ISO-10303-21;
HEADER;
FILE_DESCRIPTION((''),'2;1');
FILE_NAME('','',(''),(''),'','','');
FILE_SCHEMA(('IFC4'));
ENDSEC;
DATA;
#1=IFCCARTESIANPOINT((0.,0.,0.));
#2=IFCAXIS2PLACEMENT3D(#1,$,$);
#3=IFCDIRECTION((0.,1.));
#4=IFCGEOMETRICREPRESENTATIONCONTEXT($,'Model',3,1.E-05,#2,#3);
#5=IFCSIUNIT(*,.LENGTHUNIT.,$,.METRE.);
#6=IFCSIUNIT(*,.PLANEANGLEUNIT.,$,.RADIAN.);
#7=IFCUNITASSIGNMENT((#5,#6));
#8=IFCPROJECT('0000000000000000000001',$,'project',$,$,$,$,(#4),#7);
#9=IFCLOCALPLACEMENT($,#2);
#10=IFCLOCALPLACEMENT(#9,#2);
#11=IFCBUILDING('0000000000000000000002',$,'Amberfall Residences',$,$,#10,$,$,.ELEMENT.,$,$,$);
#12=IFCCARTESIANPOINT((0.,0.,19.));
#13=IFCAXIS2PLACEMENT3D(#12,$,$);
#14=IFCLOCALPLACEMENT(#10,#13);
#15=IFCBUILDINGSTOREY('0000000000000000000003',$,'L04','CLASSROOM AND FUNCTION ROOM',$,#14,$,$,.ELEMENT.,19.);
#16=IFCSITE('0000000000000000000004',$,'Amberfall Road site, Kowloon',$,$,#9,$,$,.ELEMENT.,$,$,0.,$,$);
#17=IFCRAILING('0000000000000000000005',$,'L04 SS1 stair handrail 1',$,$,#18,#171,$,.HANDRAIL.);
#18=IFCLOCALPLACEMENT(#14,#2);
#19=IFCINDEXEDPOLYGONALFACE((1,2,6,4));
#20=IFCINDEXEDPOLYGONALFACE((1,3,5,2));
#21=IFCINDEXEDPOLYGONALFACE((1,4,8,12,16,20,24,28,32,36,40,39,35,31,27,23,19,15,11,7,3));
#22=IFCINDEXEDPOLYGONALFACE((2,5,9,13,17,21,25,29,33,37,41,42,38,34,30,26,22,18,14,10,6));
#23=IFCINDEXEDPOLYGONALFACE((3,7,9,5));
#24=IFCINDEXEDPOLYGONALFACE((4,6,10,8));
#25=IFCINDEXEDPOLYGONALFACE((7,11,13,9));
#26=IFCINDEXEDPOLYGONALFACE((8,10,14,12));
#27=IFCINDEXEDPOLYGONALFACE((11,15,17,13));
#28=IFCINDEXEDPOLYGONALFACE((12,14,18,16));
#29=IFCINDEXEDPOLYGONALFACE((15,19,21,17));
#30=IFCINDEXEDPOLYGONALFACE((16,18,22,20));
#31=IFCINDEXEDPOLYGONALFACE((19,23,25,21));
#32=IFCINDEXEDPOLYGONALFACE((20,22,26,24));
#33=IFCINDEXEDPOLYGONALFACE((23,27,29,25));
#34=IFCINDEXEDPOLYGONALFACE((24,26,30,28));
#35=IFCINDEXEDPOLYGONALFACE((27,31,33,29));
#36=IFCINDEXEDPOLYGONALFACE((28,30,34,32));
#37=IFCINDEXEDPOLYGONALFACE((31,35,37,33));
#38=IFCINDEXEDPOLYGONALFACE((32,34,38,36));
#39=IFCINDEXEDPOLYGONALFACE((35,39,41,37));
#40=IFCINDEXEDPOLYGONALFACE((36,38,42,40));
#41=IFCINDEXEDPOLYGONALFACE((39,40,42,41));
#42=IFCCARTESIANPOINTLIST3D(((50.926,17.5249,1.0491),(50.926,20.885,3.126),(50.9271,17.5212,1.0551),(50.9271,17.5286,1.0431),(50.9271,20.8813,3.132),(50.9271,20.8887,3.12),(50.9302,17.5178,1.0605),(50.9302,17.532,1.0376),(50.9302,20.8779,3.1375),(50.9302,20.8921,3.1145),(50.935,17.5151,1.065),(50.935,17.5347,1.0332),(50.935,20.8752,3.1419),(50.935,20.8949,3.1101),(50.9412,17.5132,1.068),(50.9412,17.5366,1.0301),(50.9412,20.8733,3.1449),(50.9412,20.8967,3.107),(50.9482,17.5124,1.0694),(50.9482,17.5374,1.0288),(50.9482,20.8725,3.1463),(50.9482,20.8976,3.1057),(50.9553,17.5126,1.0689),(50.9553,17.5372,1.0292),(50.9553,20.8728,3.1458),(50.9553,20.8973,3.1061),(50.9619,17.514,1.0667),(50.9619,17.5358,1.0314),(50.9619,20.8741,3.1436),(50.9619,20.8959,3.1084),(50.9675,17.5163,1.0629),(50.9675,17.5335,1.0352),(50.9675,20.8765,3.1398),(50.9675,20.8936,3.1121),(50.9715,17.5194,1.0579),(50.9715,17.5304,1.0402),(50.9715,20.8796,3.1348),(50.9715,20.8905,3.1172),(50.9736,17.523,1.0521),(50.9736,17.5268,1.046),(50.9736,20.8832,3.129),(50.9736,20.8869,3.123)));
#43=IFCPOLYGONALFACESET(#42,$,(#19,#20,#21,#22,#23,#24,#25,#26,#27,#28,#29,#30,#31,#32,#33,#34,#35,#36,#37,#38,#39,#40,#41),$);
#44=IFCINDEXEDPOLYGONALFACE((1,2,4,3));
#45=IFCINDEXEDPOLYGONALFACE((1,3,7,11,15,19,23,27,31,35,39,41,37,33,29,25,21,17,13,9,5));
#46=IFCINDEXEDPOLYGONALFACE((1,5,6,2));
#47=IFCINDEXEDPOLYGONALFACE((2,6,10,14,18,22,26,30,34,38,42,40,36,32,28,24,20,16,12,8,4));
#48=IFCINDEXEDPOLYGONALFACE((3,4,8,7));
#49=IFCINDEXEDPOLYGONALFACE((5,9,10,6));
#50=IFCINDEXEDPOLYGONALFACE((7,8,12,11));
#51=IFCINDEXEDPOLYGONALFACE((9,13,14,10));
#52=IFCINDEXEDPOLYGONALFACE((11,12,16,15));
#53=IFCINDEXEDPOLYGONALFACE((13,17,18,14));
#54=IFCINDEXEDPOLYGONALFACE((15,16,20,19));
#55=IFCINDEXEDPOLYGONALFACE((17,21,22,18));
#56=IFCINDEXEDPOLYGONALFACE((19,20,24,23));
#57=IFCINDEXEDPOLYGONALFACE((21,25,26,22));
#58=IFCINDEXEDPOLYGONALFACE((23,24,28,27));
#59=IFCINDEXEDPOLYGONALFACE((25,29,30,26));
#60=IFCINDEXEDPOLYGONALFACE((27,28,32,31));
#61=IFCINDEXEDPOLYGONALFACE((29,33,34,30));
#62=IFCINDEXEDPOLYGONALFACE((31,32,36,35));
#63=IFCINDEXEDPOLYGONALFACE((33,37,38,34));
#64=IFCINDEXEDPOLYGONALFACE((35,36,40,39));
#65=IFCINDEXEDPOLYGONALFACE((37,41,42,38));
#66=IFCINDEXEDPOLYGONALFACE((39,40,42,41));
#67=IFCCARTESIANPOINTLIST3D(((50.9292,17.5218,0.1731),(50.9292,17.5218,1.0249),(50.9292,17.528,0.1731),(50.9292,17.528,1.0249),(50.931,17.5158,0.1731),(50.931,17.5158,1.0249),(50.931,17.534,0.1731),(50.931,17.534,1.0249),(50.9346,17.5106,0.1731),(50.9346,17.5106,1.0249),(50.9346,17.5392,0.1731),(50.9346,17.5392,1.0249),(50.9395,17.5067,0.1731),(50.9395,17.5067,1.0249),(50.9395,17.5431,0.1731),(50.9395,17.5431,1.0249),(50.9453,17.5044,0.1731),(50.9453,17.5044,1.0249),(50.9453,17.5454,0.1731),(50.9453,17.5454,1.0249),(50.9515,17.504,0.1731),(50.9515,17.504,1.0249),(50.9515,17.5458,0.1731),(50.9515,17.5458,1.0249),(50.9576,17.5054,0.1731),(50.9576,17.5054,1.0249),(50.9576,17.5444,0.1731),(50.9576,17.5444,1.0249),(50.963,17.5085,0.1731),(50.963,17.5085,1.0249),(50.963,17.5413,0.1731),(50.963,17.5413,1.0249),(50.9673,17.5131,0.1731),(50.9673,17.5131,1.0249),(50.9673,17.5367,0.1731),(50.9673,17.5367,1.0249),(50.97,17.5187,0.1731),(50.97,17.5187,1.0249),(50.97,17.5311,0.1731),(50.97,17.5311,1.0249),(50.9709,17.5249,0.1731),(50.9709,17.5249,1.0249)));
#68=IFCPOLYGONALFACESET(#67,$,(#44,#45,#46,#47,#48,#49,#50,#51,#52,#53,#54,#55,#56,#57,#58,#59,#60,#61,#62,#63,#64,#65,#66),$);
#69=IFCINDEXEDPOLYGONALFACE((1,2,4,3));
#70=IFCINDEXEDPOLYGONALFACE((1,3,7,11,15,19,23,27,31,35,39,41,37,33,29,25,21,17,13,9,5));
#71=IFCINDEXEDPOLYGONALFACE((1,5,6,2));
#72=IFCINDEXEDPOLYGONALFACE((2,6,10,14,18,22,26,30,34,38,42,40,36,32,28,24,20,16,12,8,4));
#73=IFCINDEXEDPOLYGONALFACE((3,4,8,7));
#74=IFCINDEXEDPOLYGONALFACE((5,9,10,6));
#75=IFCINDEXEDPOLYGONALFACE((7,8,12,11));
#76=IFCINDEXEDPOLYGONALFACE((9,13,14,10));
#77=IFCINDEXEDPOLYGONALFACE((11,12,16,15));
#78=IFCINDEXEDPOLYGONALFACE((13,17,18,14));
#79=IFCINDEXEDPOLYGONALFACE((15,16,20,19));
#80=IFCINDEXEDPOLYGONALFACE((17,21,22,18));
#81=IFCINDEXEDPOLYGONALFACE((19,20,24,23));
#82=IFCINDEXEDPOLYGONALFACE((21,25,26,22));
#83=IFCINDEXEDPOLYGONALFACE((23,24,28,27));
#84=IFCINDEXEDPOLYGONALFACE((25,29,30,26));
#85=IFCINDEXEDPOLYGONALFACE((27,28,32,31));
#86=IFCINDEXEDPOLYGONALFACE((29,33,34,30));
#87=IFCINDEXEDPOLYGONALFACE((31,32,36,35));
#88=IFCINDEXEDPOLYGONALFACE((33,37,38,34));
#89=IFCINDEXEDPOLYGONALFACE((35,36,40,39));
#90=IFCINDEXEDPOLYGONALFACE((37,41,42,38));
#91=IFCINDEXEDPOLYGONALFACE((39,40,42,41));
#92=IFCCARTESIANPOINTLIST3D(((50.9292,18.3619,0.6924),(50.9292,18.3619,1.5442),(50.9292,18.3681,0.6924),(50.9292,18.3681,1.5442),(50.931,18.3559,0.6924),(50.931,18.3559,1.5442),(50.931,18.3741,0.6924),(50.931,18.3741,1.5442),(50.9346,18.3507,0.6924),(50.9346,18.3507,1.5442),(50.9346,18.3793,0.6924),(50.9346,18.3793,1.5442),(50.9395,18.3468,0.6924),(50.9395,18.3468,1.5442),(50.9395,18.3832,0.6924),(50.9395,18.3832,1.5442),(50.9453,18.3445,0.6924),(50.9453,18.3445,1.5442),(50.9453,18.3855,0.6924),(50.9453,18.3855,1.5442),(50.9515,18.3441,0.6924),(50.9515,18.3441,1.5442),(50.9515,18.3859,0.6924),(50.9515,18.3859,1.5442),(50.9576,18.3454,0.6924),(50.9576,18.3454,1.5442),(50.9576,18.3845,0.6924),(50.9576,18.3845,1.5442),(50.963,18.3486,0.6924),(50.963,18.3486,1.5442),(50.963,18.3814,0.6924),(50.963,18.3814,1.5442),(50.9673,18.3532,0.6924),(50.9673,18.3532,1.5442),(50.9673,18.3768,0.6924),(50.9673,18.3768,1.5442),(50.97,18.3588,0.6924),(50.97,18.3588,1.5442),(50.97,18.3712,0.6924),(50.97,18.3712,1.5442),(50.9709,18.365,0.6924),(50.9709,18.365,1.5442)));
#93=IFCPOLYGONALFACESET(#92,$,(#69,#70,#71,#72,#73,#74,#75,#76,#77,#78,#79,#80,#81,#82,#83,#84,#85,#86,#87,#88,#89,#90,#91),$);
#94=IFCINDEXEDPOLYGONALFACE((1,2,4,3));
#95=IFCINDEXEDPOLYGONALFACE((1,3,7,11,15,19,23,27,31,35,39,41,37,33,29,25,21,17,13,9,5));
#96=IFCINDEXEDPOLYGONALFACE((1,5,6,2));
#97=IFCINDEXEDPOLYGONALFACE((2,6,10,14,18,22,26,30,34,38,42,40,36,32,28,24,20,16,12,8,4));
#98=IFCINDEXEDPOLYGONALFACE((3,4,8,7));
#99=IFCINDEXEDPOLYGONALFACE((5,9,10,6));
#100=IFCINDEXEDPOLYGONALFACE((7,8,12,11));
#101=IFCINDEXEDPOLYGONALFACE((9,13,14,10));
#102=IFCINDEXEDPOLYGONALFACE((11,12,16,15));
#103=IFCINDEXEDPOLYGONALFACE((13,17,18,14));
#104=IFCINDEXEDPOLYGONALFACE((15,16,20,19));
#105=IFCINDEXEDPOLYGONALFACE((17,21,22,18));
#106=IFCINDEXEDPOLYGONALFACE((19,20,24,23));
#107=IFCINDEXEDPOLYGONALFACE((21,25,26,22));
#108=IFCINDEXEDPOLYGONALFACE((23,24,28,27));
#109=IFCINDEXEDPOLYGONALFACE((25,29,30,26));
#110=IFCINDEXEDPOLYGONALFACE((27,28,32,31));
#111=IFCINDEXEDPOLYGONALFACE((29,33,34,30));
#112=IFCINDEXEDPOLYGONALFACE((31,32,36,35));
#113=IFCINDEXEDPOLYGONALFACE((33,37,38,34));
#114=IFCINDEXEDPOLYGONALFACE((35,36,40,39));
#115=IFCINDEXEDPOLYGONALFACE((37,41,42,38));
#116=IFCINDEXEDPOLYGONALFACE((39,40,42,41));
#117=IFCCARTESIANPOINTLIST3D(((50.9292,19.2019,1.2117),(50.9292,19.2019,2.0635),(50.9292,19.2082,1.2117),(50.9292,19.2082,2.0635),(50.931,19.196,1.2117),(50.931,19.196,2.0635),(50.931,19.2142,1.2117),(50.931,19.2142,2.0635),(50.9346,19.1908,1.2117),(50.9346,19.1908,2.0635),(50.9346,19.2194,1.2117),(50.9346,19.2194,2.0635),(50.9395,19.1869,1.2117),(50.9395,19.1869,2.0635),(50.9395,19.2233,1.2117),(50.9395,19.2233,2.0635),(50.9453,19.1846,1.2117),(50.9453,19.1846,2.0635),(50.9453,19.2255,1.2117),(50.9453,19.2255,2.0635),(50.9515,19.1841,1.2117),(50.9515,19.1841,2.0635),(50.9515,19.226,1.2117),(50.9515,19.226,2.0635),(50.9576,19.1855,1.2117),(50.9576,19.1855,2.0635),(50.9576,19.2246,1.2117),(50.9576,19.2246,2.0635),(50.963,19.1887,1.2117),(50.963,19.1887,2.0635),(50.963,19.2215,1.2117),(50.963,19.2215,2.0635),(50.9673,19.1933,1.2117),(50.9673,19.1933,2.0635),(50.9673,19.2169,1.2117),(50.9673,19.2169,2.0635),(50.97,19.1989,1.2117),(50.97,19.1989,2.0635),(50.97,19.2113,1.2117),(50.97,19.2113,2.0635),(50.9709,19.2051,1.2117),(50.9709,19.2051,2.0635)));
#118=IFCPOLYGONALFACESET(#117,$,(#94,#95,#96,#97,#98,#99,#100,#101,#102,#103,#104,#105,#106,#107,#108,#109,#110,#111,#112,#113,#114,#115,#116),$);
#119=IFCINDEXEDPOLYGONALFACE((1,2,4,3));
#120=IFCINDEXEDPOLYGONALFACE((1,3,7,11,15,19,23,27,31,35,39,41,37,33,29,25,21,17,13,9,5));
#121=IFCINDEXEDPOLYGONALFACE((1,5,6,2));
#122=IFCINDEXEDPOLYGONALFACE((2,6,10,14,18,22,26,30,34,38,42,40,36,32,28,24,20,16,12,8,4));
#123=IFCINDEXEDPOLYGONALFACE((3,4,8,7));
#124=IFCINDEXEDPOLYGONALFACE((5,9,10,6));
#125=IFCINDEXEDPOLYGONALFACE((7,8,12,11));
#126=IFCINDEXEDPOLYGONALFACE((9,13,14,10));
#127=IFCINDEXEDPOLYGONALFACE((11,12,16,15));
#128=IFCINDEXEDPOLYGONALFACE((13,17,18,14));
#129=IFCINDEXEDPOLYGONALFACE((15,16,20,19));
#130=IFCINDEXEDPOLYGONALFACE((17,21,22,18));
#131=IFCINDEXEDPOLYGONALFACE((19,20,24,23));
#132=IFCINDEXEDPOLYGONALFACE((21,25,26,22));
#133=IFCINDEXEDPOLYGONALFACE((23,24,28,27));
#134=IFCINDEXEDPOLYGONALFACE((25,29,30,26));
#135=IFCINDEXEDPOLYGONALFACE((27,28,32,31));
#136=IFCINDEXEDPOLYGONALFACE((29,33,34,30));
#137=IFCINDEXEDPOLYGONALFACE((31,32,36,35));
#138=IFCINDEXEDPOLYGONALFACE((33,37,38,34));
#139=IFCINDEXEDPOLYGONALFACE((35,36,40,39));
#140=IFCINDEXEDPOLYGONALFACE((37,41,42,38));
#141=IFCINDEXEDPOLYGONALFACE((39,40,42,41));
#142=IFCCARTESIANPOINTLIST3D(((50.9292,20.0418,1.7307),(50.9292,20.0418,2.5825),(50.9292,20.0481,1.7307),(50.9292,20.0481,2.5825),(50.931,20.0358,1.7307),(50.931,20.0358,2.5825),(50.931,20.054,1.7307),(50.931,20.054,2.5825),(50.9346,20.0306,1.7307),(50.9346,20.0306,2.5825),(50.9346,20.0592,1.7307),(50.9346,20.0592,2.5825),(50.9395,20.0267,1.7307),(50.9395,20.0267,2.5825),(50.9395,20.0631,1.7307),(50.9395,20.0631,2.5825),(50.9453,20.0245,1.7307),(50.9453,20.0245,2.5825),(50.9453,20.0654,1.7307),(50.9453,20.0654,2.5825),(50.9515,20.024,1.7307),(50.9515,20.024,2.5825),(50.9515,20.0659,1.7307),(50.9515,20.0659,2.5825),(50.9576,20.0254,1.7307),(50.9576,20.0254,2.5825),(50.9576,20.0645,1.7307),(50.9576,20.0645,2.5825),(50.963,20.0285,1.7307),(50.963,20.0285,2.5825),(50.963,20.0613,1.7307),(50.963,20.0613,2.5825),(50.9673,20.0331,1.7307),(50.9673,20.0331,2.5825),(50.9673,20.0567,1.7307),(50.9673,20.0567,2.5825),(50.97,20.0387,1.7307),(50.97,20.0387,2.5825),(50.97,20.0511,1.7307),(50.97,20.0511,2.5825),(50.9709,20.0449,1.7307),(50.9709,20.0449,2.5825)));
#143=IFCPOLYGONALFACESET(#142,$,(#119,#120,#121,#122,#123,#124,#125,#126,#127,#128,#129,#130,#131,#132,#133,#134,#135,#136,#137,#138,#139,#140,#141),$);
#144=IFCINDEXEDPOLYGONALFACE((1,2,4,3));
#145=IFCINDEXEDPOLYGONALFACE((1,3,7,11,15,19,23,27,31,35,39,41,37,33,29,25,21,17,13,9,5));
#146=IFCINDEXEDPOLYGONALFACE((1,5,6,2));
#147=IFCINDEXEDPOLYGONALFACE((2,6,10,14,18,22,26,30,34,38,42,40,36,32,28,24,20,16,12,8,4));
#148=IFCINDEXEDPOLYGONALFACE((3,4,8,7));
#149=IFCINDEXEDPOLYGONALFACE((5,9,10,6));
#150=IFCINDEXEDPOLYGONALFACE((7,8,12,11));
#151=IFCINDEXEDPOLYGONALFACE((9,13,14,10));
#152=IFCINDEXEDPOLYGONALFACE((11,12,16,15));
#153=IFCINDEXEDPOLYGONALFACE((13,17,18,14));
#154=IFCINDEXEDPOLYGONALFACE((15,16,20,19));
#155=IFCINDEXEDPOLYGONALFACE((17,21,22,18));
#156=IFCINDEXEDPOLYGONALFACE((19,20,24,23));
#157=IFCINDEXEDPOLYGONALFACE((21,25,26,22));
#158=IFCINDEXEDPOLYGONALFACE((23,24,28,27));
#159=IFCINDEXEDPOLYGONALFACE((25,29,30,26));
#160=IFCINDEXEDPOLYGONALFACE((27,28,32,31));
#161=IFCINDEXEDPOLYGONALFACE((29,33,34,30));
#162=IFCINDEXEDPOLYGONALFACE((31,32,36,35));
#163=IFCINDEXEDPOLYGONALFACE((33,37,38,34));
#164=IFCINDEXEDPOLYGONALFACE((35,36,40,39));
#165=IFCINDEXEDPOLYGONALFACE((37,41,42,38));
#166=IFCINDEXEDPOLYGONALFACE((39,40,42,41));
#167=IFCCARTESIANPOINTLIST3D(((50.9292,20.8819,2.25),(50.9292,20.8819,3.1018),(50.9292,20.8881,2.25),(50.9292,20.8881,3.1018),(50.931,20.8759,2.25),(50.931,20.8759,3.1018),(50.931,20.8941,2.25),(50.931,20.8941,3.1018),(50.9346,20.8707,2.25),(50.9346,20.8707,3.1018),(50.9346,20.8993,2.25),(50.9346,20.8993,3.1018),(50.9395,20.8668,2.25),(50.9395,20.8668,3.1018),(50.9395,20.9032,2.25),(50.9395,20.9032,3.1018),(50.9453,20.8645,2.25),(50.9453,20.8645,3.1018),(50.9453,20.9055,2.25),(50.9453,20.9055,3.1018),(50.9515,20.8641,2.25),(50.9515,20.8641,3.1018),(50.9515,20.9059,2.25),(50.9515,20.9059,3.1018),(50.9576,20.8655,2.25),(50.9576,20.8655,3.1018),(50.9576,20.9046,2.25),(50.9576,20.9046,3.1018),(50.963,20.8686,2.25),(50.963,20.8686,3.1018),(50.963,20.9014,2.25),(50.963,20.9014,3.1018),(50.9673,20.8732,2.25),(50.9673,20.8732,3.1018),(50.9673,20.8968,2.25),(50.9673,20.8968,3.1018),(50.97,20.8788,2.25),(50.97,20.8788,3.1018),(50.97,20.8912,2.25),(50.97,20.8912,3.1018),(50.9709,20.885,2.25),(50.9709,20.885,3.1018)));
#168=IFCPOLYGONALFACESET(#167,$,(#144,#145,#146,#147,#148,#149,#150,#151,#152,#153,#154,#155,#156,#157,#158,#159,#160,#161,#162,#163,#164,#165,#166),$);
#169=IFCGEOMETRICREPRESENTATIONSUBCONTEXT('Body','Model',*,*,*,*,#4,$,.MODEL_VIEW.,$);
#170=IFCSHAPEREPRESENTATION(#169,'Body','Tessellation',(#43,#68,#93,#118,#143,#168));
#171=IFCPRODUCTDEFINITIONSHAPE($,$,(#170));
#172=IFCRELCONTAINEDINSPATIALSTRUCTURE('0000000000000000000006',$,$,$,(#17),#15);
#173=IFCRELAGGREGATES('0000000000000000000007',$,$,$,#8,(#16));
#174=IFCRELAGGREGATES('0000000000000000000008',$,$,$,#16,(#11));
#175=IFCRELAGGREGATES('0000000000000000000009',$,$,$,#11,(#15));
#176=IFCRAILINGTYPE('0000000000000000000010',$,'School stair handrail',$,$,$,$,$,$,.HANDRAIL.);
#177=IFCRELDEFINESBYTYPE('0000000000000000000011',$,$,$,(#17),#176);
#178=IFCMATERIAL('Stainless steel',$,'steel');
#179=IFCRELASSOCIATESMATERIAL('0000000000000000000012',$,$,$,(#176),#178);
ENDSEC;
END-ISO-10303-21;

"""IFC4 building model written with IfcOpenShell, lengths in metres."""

from ifc_helpers import new_model, si_unit, direction, frame, origin, origin_2d, place, context, subcontext, project, spatial, circle, extrude, material, type_object, element, save


model = new_model("IFC4")

# Units and contexts
model_context = context("Model", 3, precision=1e-05, world=origin(), true_north=direction((0.0, 1.0)))
body_context = subcontext(model_context, "Body", "Model", "MODEL_VIEW")
ifc_project = project(units=[si_unit("LENGTHUNIT", "METRE"), si_unit("PLANEANGLEUNIT", "RADIAN")], contexts=[model_context])

# Site, building, storey
site_placement = place(None, origin())
site = spatial("IfcSite", under=ifc_project, at=site_placement, Name="Amberfall Road site, Kowloon", CompositionType="ELEMENT", RefElevation=0.0)
building_placement = place(site_placement, origin())
building = spatial("IfcBuilding", under=site, at=building_placement, Name="Amberfall Residences", CompositionType="ELEMENT")
storey_placement = place(building_placement, frame((0.0, 0.0, 19.0)))
storey = spatial("IfcBuildingStorey", under=building, at=storey_placement, Name="L04", Description="CLASSROOM AND FUNCTION ROOM", CompositionType="ELEMENT", Elevation=19.0)

# Railing
ifc_material_1 = material(Name="Stainless steel", Category="steel")
railing_type_1 = type_object("IfcRailingType", Name="School stair handrail", PredefinedType="HANDRAIL", material=ifc_material_1)
railing_1_placement = place(storey_placement, frame((50.95, 17.5249, 0.1731)))
element("IfcRailing", 1, at=railing_1_placement, inside=storey, type_object=railing_type_1, Name="L04 SS1 stair handrail 1", PredefinedType="HANDRAIL", context=body_context, shape_type="SweptSolid", body=[
    extrude(circle(Radius=0.0239, at=origin_2d()), frame((0.0, 0.0, 0.876), z_axis=(0.0, 0.850623, 0.525776), x_axis=(-1.0, 0.0, 0.0)), (0.0, 0.0, 1.0), 3.9502),
    extrude(circle(Radius=0.021, at=origin_2d()), origin(), (0.0, 0.0, 1.0), 0.8518),
    extrude(circle(Radius=0.021, at=origin_2d()), frame((0.0, 0.8401, 0.5193)), (0.0, 0.0, 1.0), 0.8518),
    extrude(circle(Radius=0.021, at=origin_2d()), frame((0.0, 1.6802, 1.0386)), (0.0, 0.0, 1.0), 0.8518),
    extrude(circle(Radius=0.021, at=origin_2d()), frame((0.0, 2.52, 1.5576)), (0.0, 0.0, 1.0), 0.8518),
    extrude(circle(Radius=0.021, at=origin_2d()), frame((0.0, 3.3601, 2.0769)), (0.0, 0.0, 1.0), 0.8518),
])

save(model, "model.ifc")
